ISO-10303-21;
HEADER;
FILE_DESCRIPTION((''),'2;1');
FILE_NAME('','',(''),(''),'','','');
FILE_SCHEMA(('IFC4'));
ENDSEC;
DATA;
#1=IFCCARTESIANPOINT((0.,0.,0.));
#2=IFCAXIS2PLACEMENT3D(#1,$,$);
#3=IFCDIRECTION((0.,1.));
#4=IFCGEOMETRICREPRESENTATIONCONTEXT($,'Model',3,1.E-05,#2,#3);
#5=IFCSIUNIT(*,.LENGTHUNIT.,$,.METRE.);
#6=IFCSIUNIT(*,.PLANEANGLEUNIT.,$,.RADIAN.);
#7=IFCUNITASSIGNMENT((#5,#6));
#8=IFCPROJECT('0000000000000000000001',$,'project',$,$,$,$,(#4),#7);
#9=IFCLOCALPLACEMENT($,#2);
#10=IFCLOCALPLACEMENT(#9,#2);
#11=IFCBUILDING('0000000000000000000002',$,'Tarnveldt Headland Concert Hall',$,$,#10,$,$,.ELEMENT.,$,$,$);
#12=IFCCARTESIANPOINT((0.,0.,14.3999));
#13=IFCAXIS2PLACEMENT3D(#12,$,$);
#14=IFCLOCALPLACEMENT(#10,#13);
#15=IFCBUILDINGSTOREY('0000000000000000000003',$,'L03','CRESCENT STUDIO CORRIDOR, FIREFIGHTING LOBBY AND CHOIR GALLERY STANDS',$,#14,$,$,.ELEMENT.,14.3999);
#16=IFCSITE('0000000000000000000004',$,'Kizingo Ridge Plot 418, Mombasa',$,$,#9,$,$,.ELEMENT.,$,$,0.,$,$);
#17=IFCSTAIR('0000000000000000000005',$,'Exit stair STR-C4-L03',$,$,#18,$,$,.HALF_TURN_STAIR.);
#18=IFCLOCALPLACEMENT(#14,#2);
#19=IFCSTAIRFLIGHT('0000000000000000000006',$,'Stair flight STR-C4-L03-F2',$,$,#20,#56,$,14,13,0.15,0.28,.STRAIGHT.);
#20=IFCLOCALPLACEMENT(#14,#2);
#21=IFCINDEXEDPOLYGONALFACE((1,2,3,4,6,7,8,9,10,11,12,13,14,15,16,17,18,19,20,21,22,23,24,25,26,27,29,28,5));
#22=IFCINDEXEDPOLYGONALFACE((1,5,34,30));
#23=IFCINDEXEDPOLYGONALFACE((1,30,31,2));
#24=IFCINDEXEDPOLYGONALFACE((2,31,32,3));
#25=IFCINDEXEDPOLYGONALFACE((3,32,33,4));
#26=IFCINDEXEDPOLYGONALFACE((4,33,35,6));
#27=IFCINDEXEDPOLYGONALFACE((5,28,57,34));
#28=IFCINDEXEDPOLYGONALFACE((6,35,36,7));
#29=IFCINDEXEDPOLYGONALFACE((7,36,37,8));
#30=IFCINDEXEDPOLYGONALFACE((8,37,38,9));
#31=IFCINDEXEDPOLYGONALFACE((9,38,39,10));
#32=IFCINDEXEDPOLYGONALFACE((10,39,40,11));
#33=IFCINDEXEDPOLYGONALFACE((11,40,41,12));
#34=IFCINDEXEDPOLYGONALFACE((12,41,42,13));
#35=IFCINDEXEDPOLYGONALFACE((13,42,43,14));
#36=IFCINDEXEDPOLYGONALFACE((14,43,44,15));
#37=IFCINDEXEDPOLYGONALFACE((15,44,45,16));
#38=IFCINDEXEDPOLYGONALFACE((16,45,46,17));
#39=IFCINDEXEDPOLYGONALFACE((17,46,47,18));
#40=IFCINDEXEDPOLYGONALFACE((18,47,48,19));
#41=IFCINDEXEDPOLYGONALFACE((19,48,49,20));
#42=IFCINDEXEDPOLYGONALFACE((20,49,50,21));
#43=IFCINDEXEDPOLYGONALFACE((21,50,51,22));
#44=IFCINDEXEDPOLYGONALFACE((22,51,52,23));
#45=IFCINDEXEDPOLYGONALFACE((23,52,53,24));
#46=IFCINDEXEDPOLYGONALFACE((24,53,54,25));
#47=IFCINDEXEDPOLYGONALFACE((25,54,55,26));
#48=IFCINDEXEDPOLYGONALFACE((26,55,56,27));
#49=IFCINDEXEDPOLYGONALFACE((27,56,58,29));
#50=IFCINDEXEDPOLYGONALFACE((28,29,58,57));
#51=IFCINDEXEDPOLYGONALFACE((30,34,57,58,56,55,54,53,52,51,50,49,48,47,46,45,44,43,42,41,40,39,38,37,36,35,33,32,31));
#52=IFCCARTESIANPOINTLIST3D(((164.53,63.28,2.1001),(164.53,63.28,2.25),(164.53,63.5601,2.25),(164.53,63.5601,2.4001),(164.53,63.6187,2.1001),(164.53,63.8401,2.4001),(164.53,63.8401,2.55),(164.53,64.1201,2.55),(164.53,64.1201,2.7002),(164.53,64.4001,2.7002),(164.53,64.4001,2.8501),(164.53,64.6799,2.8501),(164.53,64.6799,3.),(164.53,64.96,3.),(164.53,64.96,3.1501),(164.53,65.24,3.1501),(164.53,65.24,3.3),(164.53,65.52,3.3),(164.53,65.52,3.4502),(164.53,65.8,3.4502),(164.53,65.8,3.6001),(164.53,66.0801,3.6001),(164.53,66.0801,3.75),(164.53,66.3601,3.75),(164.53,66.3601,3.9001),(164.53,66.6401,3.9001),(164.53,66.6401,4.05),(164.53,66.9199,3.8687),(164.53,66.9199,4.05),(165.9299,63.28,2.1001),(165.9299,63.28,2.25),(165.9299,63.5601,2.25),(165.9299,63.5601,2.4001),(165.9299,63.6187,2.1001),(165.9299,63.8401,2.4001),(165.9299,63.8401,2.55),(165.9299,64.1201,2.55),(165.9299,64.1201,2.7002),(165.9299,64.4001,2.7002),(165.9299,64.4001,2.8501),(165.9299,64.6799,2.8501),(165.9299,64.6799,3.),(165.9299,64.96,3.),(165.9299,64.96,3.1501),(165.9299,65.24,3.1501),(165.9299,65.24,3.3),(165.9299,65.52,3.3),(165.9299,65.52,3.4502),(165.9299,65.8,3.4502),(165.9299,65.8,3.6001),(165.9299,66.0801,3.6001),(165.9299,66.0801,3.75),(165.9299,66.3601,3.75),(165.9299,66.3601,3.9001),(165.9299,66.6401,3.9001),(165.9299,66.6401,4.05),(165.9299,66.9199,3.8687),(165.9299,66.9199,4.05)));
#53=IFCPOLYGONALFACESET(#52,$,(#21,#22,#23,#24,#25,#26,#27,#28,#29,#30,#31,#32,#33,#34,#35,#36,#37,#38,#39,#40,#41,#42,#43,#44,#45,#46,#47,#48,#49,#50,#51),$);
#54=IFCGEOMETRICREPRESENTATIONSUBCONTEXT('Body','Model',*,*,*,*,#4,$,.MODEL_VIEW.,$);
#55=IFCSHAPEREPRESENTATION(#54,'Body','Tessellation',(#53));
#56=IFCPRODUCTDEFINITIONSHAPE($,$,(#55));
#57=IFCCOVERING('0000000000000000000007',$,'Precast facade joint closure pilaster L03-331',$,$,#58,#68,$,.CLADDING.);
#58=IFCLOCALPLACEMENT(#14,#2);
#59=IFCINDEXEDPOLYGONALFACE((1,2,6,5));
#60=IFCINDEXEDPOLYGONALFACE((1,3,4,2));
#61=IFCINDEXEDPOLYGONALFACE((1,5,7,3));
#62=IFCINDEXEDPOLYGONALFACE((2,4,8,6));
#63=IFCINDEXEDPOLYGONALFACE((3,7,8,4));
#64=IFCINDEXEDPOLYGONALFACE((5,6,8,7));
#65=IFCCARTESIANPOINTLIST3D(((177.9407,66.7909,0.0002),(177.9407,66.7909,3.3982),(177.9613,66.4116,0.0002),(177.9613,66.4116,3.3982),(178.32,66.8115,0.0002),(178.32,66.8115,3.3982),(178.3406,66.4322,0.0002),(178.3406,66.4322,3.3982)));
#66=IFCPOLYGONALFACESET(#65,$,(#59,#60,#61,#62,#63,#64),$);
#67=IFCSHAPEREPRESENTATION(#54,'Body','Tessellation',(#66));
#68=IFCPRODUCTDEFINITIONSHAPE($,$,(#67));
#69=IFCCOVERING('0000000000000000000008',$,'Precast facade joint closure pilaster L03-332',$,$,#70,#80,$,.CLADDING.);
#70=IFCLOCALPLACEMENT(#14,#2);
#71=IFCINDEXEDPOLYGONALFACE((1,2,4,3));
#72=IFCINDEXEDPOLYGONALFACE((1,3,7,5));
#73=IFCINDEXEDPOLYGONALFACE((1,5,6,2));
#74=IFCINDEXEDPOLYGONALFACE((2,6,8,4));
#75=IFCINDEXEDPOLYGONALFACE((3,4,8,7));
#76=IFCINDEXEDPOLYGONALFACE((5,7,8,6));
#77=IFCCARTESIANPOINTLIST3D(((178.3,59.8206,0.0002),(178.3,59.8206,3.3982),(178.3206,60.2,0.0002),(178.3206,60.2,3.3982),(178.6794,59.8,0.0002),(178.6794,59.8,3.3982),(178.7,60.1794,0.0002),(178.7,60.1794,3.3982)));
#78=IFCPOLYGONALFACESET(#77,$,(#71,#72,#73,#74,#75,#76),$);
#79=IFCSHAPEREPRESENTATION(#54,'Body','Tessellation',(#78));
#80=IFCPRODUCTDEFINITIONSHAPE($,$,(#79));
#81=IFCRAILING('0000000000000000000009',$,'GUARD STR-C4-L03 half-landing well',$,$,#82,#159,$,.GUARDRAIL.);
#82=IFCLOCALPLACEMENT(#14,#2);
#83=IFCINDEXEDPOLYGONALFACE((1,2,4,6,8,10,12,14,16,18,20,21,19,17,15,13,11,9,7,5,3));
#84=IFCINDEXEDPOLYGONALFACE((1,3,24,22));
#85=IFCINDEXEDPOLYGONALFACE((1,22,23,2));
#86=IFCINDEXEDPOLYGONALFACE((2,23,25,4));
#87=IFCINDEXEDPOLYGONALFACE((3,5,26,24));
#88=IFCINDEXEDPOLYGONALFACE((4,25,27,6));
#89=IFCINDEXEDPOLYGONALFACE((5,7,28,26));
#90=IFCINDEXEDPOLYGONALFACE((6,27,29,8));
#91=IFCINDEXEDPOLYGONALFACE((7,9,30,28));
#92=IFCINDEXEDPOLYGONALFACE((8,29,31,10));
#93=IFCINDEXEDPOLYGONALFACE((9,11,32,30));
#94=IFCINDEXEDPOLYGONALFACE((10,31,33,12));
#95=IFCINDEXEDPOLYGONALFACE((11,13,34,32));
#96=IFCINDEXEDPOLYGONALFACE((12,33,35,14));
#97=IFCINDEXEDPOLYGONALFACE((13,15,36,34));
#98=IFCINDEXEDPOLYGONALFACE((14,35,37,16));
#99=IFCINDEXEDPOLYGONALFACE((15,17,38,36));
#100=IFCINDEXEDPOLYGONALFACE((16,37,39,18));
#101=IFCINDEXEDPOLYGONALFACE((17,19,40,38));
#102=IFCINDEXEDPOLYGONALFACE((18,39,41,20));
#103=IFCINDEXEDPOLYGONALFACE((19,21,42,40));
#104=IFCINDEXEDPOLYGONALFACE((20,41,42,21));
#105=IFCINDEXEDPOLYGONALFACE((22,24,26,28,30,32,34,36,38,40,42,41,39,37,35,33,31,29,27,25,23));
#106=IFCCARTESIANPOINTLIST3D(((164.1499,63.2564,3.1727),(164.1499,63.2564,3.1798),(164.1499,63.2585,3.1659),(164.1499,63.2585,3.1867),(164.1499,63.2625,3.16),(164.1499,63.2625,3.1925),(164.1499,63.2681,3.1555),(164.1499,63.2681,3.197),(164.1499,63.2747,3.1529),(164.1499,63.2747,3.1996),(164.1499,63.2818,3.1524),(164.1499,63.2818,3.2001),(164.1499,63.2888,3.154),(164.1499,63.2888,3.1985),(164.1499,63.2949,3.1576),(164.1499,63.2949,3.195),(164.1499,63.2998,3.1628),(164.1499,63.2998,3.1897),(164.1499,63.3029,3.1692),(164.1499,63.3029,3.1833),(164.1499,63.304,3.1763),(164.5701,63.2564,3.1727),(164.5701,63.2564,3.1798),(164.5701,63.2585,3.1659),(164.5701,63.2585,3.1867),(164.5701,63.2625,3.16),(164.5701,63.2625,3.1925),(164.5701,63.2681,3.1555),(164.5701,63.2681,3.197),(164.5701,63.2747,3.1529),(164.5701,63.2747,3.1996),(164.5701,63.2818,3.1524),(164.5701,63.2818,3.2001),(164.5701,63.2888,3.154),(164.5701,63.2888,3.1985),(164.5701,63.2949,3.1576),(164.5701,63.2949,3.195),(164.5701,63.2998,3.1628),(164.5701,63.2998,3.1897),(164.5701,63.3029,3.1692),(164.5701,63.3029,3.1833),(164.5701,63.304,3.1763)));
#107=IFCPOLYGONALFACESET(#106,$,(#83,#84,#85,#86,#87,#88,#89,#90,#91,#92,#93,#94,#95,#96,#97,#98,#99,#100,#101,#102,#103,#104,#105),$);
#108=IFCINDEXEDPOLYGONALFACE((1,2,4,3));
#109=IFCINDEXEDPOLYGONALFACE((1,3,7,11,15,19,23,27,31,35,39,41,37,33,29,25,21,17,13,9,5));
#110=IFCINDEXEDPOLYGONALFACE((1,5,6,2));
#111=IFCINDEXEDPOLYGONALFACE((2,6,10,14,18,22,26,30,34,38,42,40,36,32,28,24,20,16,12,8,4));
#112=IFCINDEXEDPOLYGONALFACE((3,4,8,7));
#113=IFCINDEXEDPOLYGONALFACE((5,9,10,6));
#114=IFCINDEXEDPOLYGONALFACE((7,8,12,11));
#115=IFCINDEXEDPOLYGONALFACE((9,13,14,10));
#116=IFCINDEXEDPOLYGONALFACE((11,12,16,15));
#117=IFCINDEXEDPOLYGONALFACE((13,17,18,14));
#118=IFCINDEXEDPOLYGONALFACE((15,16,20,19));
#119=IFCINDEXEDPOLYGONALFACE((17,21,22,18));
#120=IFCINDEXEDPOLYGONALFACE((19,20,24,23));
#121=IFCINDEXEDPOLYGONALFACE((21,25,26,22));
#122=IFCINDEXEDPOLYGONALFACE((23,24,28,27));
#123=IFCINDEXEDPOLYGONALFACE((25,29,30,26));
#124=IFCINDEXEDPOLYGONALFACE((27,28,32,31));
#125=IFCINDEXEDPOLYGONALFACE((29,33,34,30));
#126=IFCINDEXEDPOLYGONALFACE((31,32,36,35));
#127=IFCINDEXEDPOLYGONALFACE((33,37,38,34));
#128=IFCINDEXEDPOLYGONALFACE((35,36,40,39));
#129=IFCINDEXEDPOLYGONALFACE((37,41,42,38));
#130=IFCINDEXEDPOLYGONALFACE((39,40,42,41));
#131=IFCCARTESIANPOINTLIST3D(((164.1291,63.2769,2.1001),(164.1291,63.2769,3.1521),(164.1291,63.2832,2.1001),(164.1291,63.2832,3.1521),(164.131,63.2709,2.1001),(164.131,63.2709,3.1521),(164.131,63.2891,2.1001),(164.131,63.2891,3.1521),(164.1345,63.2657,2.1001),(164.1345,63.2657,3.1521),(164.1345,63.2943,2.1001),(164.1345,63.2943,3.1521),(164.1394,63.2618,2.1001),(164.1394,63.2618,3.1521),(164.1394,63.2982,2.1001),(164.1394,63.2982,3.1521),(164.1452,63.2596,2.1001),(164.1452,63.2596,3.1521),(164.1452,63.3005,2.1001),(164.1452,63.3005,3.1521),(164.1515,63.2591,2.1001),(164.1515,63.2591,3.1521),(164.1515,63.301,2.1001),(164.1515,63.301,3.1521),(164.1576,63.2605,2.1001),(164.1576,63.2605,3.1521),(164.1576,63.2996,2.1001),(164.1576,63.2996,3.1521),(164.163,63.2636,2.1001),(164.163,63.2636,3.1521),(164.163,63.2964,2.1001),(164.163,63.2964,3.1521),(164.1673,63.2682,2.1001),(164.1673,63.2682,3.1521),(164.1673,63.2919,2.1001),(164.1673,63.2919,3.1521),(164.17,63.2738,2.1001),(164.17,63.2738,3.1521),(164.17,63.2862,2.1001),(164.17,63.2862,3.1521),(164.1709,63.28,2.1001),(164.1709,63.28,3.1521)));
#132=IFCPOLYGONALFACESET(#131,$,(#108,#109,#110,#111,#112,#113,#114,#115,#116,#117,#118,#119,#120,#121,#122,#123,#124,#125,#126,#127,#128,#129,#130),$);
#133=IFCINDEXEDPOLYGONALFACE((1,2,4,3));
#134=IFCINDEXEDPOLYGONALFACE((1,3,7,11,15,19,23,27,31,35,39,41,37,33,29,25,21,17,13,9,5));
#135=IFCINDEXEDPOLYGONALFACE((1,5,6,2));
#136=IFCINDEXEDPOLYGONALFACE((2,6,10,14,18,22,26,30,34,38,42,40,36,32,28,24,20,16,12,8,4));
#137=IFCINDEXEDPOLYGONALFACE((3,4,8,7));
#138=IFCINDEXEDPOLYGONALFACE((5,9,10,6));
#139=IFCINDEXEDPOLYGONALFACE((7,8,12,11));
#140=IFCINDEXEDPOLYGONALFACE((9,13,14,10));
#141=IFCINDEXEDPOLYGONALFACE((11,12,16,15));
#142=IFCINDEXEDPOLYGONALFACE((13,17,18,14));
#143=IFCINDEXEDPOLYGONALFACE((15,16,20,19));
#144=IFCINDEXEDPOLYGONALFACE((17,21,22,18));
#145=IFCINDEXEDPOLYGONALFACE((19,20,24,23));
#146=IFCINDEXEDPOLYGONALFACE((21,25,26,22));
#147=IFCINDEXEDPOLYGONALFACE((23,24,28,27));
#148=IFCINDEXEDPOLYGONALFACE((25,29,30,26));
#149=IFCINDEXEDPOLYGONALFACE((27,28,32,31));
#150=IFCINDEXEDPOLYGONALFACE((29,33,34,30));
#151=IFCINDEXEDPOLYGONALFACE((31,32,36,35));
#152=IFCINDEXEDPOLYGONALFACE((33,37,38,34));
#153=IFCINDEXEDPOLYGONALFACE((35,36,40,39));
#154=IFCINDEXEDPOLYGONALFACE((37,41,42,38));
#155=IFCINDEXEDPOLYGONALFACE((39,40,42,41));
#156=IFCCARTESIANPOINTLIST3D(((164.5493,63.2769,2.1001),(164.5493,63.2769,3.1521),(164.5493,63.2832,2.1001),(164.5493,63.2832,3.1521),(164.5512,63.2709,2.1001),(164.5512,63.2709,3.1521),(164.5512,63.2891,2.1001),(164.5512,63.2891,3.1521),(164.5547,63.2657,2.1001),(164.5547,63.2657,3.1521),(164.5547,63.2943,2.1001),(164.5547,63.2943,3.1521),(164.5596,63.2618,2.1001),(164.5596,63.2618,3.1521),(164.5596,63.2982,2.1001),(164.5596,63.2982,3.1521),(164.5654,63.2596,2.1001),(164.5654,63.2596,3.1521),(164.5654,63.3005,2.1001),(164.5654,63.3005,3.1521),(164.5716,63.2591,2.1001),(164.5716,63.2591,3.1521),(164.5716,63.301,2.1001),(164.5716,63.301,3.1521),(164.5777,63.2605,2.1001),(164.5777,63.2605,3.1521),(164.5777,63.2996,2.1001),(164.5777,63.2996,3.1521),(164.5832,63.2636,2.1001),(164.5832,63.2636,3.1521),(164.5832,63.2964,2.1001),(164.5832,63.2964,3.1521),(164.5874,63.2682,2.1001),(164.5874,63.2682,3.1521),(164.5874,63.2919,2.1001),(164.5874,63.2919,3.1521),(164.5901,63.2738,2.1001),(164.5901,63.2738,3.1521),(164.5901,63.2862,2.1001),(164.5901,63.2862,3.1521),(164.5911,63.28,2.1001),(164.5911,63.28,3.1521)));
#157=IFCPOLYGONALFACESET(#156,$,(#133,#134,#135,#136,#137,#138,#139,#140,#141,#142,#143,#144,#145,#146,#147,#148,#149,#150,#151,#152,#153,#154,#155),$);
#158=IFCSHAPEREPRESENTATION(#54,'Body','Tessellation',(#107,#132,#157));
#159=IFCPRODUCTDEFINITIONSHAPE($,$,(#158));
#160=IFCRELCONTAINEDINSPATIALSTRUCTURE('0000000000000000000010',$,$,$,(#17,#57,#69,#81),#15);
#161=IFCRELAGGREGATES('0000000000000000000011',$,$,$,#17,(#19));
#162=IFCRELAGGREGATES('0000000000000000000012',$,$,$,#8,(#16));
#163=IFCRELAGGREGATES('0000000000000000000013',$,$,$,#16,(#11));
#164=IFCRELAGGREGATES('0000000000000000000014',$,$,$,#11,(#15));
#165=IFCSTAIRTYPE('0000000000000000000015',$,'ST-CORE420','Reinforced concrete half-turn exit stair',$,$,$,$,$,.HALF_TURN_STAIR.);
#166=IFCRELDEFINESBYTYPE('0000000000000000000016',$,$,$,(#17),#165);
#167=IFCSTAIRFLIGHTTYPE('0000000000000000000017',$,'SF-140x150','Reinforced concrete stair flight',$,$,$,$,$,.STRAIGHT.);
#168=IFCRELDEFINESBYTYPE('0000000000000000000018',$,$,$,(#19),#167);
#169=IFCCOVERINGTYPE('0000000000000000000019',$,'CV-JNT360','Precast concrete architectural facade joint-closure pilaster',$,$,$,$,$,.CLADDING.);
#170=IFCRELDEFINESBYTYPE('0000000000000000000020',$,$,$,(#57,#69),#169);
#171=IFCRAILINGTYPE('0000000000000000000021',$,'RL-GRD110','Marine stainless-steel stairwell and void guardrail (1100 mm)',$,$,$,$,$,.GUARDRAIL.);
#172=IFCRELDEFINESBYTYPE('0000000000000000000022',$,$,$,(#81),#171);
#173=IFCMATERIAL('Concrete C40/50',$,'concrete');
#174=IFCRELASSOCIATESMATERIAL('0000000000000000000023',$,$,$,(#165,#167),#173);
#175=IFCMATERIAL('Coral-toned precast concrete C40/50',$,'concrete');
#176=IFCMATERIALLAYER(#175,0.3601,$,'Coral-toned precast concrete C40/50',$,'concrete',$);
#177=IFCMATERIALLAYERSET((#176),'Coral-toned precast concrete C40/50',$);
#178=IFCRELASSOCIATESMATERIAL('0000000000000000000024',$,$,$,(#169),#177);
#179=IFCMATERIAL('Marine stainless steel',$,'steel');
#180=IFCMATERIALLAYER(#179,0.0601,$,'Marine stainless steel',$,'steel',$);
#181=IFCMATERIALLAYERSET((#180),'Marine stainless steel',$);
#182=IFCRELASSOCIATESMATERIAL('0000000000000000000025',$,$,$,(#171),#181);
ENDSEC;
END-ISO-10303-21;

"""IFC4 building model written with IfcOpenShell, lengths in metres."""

from ifc_helpers import new_model, si_unit, direction, frame, origin, origin_2d, place, context, subcontext, project, spatial, polyline, rectangle, circle, outline, extrude, material, layer, layer_set, type_object, element, aggregate, save


model = new_model("IFC4")

# Units and contexts
model_context = context("Model", 3, precision=1e-05, world=origin(), true_north=direction((0.0, 1.0)))
body_context = subcontext(model_context, "Body", "Model", "MODEL_VIEW")
ifc_project = project(units=[si_unit("LENGTHUNIT", "METRE"), si_unit("PLANEANGLEUNIT", "RADIAN")], contexts=[model_context])

# Site, building, storey
site_placement = place(None, origin())
site = spatial("IfcSite", under=ifc_project, at=site_placement, Name="Kizingo Ridge Plot 418, Mombasa", CompositionType="ELEMENT", RefElevation=0.0)
building_placement = place(site_placement, origin())
building = spatial("IfcBuilding", under=site, at=building_placement, Name="Tarnveldt Headland Concert Hall", CompositionType="ELEMENT")
storey_placement = place(building_placement, frame((0.0, 0.0, 14.3999)))
storey = spatial("IfcBuildingStorey", under=building, at=storey_placement, Name="L03", Description="CRESCENT STUDIO CORRIDOR, FIREFIGHTING LOBBY AND CHOIR GALLERY STANDS", CompositionType="ELEMENT", Elevation=14.3999)

# Shared definitions
ifc_material_1 = material(Name="Concrete C40/50", Category="concrete")

# Shared definitions
ifc_material_2 = material(Name="Coral-toned precast concrete C40/50", Category="concrete")

# Stair, stair flight
stair_type = type_object("IfcStairType", Name="ST-CORE420", Description="Reinforced concrete half-turn exit stair", PredefinedType="HALF_TURN_STAIR", material=ifc_material_1)
stair_placement = place(storey_placement, origin())
stair = element("IfcStair", 1, at=stair_placement, inside=storey, type_object=stair_type, Name="Exit stair STR-C4-L03", PredefinedType="HALF_TURN_STAIR")
stair_flight_type = type_object("IfcStairFlightType", Name="SF-140x150", Description="Reinforced concrete stair flight", PredefinedType="STRAIGHT", material=ifc_material_1)
stair_flight_1_placement = place(storey_placement, frame((165.23, 63.28, 2.1001), z_axis=(0.0, 0.0, 1.0), x_axis=(0.0, 1.0, 0.0)))
stair_flight_1 = element("IfcStairFlight", 2, at=stair_flight_1_placement, type_object=stair_flight_type, Name="Stair flight STR-C4-L03-F2", NumberOfRisers=14, NumberOfTreads=13, PredefinedType="STRAIGHT", RiserHeight=0.15, TreadLength=0.28, context=body_context, shape_type="SweptSolid", body=[
    extrude(outline(polyline([(0.0, 0.0), (0.0, 0.1499), (0.28, 0.1499), (0.28, 0.3), (0.5601, 0.3), (0.5601, 0.45), (0.8401, 0.45), (0.8401, 0.6001), (1.1201, 0.6001), (1.1201, 0.75), (1.3999, 0.75), (1.3999, 0.8999), (1.6799, 0.8999), (1.6799, 1.05), (1.96, 1.05), (1.96, 1.2), (2.24, 1.2), (2.24, 1.3501), (2.52, 1.3501), (2.52, 1.5), (2.8, 1.5), (2.8, 1.6499), (3.0801, 1.6499), (3.0801, 1.8), (3.3601, 1.8), (3.3601, 1.95), (3.6399, 1.95), (3.6399, 2.1001), (3.6399, 1.7686), (0.3386, 0.0), (0.0, 0.0)])), frame((0.0, 0.7, 0.0), z_axis=(0.0, -1.0, 0.0), x_axis=(1.0, 0.0, 0.0)), (0.0, 0.0, 1.0), 1.3999),
])
aggregate(stair, [stair_flight_1])

# Coverings
ifc_layer_1 = layer(ifc_material_2, 0.3601, Name="Coral-toned precast concrete C40/50", Category="concrete")
ifc_layer_set_1 = layer_set([ifc_layer_1], Name="Coral-toned precast concrete C40/50")
covering_type = type_object("IfcCoveringType", Name="CV-JNT360", Description="Precast concrete architectural facade joint-closure pilaster", PredefinedType="CLADDING", material=ifc_layer_set_1)
for number, where, z_axis, x_axis, name in (
    (3, (178.1406, 66.6116, 0.0002), (0.0, 0.0, 1.0), (0.054253, -0.998527, 0.0), "Precast facade joint closure pilaster L03-331"),
    (4, (178.5, 60.0, 0.0002), (0.0, 0.0, 1.0), (-0.054253, -0.998527, 0.0), "Precast facade joint closure pilaster L03-332"),
):
    element("IfcCovering", number, at=place(storey_placement, frame(where, z_axis=z_axis, x_axis=x_axis)), inside=storey, type_object=covering_type, Name=name, PredefinedType="CLADDING", context=body_context, shape_type="SweptSolid", body=[
        extrude(rectangle(XDim=0.3799, YDim=0.3799, at=origin_2d()), origin(), (0.0, 0.0, 1.0), 3.3979),
    ])

# Railing
ifc_material_3 = material(Name="Marine stainless steel", Category="steel")
ifc_layer_2 = layer(ifc_material_3, 0.0601, Name="Marine stainless steel", Category="steel")
ifc_layer_set_2 = layer_set([ifc_layer_2], Name="Marine stainless steel")
railing_type_1 = type_object("IfcRailingType", Name="RL-GRD110", Description="Marine stainless-steel stairwell and void guardrail (1100 mm)", PredefinedType="GUARDRAIL", material=ifc_layer_set_2)
railing_1_placement = place(storey_placement, frame((164.1499, 63.28, 2.1001)))
element("IfcRailing", 5, at=railing_1_placement, inside=storey, type_object=railing_type_1, Name="GUARD STR-C4-L03 half-landing well", PredefinedType="GUARDRAIL", context=body_context, shape_type="SweptSolid", body=[
    extrude(circle(Radius=0.0239, at=origin_2d()), frame((0.0, 0.0, 1.0762), z_axis=(1.0, 0.0, 0.0), x_axis=(0.0, 1.0, 0.0)), (0.0, 0.0, 1.0), 0.4202),
    extrude(circle(Radius=0.021, at=origin_2d()), origin(), (0.0, 0.0, 1.0), 1.052),
    extrude(circle(Radius=0.021, at=origin_2d()), frame((0.4202, 0.0, 0.0)), (0.0, 0.0, 1.0), 1.052),
])

save(model, "model.ifc")
